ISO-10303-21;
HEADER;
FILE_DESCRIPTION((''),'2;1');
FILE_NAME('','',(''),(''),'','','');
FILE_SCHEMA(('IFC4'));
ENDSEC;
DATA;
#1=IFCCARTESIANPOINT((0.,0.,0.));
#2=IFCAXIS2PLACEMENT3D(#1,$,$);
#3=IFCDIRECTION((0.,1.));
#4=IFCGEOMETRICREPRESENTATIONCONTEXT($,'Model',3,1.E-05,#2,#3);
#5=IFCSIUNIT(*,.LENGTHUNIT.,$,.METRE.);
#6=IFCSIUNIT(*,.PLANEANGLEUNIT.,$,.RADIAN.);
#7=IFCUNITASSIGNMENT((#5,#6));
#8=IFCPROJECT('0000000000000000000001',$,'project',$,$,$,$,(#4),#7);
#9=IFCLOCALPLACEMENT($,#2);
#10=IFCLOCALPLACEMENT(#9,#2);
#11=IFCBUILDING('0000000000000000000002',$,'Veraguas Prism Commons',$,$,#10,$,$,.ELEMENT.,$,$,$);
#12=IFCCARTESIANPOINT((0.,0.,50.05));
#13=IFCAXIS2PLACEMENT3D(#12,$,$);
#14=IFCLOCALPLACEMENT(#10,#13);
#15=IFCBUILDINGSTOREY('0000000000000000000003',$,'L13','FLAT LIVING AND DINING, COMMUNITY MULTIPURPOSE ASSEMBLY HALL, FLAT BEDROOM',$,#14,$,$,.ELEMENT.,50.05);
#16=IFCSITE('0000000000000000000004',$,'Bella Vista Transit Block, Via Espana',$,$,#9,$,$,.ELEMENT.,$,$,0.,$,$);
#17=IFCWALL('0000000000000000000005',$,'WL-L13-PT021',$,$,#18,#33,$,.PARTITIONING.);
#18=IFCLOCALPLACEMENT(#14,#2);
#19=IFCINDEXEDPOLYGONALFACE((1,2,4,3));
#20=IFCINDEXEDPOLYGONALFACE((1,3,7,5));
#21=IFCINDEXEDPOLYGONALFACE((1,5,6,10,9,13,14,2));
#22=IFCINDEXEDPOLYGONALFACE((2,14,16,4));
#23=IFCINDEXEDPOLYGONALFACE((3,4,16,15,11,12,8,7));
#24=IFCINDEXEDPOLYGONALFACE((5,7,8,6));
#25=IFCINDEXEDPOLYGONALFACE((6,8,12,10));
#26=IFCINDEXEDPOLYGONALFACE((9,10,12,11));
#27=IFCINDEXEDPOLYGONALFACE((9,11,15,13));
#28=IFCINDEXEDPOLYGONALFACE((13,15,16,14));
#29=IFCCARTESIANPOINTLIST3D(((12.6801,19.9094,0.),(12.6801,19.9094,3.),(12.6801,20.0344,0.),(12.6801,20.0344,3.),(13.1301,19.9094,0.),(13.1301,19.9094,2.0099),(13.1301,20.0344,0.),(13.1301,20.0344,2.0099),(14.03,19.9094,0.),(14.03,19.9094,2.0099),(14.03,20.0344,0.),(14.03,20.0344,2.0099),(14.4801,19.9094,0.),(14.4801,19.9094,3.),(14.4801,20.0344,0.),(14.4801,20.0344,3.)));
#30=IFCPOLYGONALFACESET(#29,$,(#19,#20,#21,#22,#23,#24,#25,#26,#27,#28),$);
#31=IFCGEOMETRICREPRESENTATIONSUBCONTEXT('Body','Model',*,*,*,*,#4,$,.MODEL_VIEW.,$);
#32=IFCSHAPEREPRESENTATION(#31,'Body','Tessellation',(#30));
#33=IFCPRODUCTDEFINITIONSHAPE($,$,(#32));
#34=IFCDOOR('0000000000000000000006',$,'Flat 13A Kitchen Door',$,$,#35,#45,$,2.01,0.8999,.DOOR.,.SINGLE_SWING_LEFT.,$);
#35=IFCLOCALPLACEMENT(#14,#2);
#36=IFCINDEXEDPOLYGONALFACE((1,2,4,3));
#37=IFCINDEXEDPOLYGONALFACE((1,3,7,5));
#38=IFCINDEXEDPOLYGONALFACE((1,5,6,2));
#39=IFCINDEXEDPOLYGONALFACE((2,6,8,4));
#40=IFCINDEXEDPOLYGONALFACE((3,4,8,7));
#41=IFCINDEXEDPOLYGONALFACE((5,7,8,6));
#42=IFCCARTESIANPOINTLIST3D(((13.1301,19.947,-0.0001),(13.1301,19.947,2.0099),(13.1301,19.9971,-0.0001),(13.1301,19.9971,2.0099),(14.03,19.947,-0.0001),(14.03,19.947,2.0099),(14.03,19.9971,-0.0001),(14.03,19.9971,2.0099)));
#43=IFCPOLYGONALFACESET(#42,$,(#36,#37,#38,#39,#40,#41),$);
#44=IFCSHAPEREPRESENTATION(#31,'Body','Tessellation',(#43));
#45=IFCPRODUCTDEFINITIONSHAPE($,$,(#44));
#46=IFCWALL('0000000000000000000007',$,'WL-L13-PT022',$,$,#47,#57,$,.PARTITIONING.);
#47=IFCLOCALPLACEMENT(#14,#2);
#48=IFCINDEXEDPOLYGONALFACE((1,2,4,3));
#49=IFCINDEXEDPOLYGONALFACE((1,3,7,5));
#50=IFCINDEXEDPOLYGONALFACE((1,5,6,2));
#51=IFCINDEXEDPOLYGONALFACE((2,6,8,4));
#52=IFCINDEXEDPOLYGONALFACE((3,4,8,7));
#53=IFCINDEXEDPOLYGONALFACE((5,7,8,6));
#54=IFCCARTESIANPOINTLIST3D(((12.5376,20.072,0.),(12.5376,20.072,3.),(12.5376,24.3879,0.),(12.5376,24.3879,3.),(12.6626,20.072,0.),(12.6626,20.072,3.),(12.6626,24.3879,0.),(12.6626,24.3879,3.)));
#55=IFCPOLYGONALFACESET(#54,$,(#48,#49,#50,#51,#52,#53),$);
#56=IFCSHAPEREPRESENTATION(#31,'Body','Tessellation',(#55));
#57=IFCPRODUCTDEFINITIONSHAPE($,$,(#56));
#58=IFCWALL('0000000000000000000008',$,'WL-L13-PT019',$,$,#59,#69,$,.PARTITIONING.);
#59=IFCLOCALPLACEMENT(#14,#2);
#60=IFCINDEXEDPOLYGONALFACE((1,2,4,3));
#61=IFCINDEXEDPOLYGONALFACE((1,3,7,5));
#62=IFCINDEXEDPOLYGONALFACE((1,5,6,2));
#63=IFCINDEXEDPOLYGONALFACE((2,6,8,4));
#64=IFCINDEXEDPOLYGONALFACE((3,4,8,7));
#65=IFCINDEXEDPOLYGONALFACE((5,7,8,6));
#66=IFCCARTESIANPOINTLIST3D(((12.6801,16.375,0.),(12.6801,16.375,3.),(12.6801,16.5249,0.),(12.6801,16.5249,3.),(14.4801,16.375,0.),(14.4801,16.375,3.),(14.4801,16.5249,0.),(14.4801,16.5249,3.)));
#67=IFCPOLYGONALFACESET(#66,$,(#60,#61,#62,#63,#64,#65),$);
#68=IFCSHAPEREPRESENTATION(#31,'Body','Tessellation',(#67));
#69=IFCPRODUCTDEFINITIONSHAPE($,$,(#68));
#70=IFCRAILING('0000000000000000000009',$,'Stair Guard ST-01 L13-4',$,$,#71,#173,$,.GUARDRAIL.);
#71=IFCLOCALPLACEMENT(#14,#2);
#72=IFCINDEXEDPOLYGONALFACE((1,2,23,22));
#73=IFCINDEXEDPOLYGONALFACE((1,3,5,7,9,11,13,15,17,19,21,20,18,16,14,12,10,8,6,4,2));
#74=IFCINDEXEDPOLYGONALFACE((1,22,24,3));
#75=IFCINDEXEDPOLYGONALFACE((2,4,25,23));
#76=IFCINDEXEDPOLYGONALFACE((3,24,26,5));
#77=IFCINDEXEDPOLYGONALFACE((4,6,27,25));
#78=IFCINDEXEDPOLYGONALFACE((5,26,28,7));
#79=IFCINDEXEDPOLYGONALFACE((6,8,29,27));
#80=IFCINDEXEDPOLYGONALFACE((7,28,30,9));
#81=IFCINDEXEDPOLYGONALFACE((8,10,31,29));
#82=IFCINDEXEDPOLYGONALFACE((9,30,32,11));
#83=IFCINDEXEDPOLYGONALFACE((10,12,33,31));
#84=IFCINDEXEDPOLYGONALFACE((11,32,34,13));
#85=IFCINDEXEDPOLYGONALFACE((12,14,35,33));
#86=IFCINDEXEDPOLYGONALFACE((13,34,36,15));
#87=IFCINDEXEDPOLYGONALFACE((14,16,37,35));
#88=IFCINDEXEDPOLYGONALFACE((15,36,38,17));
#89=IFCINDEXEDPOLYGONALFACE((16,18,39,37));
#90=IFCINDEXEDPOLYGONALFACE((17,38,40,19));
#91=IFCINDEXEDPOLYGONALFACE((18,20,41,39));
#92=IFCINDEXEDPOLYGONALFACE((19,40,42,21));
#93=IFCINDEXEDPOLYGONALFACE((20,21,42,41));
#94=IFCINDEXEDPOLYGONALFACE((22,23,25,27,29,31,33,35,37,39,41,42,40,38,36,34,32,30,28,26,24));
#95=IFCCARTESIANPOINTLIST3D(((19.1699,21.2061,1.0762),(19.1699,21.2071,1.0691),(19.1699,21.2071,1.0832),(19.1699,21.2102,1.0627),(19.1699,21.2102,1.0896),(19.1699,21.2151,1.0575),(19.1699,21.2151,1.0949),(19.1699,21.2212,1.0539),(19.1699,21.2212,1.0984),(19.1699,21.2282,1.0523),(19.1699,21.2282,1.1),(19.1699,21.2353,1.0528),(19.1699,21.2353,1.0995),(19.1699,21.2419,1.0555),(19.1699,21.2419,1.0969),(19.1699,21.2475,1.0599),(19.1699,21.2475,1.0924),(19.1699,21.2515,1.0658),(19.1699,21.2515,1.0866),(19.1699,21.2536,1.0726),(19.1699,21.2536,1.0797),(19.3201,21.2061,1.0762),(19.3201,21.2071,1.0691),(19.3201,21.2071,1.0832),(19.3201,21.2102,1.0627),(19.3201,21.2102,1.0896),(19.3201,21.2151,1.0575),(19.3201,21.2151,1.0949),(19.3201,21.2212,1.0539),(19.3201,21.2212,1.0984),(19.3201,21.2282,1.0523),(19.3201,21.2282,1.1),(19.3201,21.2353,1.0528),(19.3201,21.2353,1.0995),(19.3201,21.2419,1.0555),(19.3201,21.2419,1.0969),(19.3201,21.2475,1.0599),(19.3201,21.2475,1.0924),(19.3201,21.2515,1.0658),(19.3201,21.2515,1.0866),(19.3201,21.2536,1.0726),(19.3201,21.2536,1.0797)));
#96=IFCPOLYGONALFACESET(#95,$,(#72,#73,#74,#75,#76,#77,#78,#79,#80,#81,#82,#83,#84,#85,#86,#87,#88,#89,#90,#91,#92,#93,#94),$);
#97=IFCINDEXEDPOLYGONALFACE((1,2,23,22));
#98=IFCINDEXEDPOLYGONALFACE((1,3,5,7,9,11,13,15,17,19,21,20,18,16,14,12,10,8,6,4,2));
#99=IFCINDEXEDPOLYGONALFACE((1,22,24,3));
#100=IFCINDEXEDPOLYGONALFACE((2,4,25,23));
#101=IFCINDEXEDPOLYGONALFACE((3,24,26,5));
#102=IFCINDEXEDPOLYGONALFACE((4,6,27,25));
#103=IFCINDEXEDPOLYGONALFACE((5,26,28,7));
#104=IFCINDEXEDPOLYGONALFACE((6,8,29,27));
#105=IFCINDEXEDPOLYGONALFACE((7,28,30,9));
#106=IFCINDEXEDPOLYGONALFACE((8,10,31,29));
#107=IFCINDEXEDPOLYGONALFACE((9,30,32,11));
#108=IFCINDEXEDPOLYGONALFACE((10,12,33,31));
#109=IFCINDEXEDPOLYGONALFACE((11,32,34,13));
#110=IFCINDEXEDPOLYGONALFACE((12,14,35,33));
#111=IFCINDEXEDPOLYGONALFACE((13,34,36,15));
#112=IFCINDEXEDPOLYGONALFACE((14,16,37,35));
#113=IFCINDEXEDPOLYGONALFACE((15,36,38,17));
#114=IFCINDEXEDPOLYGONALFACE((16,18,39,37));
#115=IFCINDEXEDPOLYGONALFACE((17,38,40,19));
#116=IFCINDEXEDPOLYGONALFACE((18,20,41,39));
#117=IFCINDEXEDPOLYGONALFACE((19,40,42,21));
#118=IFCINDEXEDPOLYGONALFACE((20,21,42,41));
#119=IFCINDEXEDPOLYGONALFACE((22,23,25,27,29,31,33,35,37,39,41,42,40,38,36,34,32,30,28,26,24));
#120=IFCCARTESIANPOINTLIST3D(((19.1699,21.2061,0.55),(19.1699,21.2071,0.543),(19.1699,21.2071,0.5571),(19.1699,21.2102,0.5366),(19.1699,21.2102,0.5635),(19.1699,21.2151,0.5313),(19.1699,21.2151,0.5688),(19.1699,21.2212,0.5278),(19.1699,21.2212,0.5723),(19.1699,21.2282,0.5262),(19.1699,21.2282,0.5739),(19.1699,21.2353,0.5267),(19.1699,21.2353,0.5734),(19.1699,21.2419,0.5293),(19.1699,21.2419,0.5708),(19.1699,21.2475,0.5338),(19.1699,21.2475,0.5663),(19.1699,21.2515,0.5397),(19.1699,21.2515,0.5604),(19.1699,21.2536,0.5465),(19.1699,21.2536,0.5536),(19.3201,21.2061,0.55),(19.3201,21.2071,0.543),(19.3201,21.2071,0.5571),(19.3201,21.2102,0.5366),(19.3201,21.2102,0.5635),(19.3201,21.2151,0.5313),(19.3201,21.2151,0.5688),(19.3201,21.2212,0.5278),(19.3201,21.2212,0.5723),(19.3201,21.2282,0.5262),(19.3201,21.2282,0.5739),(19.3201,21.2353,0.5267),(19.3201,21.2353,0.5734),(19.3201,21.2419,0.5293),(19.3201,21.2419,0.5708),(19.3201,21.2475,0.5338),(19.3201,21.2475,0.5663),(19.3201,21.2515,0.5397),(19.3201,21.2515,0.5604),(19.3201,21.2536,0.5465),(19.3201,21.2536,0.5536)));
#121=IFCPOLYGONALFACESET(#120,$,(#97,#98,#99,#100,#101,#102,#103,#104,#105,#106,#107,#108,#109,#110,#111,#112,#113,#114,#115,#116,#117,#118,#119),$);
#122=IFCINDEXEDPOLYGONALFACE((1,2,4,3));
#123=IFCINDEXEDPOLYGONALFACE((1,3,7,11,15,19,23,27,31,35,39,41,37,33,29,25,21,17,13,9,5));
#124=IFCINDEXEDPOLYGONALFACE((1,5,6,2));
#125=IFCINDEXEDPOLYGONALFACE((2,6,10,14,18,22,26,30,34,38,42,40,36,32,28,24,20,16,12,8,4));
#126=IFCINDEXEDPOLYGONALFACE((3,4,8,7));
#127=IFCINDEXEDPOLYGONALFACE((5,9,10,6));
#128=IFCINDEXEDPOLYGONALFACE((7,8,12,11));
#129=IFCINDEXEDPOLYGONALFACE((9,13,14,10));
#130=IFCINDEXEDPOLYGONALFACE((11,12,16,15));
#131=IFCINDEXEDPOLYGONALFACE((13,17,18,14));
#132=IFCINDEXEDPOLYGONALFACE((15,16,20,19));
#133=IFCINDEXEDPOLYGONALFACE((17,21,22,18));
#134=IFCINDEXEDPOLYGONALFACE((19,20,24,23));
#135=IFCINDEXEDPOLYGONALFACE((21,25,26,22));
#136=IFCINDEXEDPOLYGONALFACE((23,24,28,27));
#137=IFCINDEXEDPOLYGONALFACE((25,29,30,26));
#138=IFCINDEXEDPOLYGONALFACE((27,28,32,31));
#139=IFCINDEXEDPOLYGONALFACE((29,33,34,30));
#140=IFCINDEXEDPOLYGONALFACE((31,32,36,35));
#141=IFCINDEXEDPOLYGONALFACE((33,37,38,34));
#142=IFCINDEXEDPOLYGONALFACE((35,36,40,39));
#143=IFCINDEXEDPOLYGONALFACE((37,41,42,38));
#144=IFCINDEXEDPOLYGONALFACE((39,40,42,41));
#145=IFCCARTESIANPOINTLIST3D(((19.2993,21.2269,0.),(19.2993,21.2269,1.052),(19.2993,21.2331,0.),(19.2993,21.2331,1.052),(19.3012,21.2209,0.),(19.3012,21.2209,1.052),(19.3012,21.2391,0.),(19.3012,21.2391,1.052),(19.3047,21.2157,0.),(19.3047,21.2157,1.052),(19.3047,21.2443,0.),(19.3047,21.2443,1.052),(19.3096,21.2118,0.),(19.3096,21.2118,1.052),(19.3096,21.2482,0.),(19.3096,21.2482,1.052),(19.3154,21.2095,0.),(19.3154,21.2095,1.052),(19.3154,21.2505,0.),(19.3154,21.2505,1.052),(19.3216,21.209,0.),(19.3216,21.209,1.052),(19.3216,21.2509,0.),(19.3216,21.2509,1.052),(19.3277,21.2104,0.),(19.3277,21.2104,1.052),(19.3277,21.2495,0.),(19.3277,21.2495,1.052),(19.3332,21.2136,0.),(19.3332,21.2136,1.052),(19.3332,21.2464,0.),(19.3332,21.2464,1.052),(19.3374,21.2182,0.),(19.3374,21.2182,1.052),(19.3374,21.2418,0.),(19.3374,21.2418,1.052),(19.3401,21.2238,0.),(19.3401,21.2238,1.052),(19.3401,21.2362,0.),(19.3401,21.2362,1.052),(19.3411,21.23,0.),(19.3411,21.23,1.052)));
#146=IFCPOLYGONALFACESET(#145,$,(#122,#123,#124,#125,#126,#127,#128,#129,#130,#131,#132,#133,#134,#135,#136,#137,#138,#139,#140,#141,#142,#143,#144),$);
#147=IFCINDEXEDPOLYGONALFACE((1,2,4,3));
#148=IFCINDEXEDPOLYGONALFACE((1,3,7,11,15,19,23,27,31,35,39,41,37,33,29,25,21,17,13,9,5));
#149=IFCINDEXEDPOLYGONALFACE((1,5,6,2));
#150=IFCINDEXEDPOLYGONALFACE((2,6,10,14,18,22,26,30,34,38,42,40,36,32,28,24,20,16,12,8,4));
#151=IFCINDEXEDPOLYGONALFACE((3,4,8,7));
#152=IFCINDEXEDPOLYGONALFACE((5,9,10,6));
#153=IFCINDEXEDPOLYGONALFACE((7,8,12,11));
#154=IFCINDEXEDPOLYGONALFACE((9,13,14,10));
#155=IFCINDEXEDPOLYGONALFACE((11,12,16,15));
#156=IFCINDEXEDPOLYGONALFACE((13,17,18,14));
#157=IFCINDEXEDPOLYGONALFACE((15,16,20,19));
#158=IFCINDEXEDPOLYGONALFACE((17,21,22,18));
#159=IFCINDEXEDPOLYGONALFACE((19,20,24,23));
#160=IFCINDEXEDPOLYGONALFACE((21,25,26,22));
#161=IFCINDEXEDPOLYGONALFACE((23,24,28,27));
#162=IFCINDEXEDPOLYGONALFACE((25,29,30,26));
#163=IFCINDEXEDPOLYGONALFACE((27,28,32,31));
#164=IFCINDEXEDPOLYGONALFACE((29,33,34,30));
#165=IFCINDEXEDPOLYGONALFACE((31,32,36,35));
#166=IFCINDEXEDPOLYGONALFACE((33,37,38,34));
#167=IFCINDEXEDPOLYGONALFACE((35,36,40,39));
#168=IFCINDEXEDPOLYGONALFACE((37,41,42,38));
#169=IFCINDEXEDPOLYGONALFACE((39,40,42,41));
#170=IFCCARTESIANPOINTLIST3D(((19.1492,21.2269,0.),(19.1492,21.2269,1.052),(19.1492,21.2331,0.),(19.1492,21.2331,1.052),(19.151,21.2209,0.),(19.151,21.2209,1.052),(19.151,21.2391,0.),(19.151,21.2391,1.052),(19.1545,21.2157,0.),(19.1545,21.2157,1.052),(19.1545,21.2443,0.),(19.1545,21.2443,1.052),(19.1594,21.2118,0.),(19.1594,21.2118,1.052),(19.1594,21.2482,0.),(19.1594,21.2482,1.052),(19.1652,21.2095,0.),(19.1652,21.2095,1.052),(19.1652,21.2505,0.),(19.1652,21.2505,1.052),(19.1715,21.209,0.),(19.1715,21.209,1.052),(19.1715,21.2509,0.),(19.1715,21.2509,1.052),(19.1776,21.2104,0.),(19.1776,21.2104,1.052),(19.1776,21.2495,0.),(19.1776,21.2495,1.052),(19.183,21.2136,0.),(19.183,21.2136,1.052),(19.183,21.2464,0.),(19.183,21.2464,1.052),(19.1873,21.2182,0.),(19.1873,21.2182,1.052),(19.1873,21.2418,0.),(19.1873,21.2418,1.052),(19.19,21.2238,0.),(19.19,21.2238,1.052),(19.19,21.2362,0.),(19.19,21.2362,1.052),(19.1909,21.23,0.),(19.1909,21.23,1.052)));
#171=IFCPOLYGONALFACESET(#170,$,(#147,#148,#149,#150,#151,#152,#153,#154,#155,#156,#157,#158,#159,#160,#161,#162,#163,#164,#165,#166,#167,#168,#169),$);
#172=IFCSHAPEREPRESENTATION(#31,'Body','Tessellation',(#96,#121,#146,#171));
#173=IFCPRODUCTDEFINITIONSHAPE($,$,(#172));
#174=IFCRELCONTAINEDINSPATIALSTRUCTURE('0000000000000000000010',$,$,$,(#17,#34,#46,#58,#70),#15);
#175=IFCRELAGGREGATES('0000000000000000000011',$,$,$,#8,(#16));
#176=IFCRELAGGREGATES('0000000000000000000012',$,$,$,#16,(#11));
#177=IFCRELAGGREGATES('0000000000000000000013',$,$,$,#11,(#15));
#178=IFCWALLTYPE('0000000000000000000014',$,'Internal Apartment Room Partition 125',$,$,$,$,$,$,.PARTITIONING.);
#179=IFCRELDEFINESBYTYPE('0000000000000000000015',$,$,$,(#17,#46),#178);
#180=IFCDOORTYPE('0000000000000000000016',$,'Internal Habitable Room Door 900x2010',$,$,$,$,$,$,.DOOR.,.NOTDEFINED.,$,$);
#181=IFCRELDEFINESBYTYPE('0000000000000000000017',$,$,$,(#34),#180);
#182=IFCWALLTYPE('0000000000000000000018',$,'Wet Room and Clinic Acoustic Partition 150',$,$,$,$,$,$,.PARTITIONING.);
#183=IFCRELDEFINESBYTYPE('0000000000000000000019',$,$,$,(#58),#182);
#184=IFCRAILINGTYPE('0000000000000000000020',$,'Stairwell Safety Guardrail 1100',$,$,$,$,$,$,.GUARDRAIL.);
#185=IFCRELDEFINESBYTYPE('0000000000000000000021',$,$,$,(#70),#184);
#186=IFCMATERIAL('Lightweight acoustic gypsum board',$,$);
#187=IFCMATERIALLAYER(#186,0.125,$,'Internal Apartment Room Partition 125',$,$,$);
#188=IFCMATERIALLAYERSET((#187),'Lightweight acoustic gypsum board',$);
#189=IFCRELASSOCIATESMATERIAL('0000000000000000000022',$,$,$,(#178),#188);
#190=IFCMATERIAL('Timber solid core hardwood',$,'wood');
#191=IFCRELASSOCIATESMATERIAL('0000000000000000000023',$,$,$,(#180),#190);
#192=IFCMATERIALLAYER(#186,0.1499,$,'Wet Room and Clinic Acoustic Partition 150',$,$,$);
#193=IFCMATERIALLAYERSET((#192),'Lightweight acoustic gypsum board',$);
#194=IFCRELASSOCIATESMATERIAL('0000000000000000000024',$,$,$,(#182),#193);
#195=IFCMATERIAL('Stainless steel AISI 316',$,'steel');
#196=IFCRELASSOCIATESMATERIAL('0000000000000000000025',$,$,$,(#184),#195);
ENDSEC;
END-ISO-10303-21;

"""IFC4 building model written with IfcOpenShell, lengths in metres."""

from ifc_helpers import new_model, si_unit, direction, frame, frame_2d, origin, origin_2d, place, context, subcontext, project, spatial, rectangle, circle, extrude, source, transform, mapped, material, layer, layer_set, type_object, element, fill, save


model = new_model("IFC4")

# Units and contexts
model_context = context("Model", 3, precision=1e-05, world=origin(), true_north=direction((0.0, 1.0)))
body_context = subcontext(model_context, "Body", "Model", "MODEL_VIEW")
ifc_project = project(units=[si_unit("LENGTHUNIT", "METRE"), si_unit("PLANEANGLEUNIT", "RADIAN")], contexts=[model_context])

# Site, building, storey
site_placement = place(None, origin())
site = spatial("IfcSite", under=ifc_project, at=site_placement, Name="Bella Vista Transit Block, Via Espana", CompositionType="ELEMENT", RefElevation=0.0)
building_placement = place(site_placement, origin())
building = spatial("IfcBuilding", under=site, at=building_placement, Name="Veraguas Prism Commons", CompositionType="ELEMENT")
storey_placement = place(building_placement, frame((0.0, 0.0, 50.05)))
storey = spatial("IfcBuildingStorey", under=building, at=storey_placement, Name="L13", Description="FLAT LIVING AND DINING, COMMUNITY MULTIPURPOSE ASSEMBLY HALL, FLAT BEDROOM", CompositionType="ELEMENT", Elevation=50.05)

# Wall, opening, door
shared_shape_1 = source(origin(), body_context, "Body", "SweptSolid", [
    extrude(rectangle(XDim=0.8999, YDim=2.01, at=frame_2d((0.45, 1.0049))), frame((0.0, 0.0249, 0.0), z_axis=(0.0, -1.0, 0.0), x_axis=(1.0, 0.0, 0.0)), (0.0, 0.0, 1.0), 0.05),
])
ifc_material_1 = material(Name="Lightweight acoustic gypsum board")
ifc_layer_1 = layer(ifc_material_1, 0.125, Name="Internal Apartment Room Partition 125")
ifc_layer_set_1 = layer_set([ifc_layer_1], Name="Lightweight acoustic gypsum board")
wall_type_1 = type_object("IfcWallType", Name="Internal Apartment Room Partition 125", PredefinedType="PARTITIONING", material=ifc_layer_set_1)
wall_1_placement = place(storey_placement, frame((14.48, 19.9719, 0.0), z_axis=(0.0, 0.0, 1.0), x_axis=(-1.0, 0.0, 0.0)))
wall_1 = element("IfcWall", 1, at=wall_1_placement, inside=storey, type_object=wall_type_1, Name="WL-L13-PT021", PredefinedType="PARTITIONING", context=body_context, shape_type="SweptSolid", body=[
    extrude(rectangle(XDim=1.8, YDim=0.125, at=frame_2d((0.8999, 0.0))), origin(), (0.0, 0.0, 1.0), 3.0),
])
opening_1_placement = place(wall_1_placement, frame((0.45, 0.0, 0.0)))
opening_1 = element("IfcOpeningElement", 2, at=opening_1_placement, cuts=wall_1, PredefinedType="OPENING", context=body_context, shape_type="SweptSolid", body=[
    extrude(rectangle(XDim=0.8999, YDim=2.01, at=frame_2d((0.45, 1.0049))), frame((0.0, 0.0725, 0.0), z_axis=(0.0, -1.0, 0.0), x_axis=(1.0, 0.0, 0.0)), (0.0, 0.0, 1.0), 0.145),
])
ifc_material_2 = material(Name="Timber solid core hardwood", Category="wood")
door_type_1 = type_object("IfcDoorType", Name="Internal Habitable Room Door 900x2010", OperationType="NOTDEFINED", PredefinedType="DOOR", material=ifc_material_2)
door_1_placement = place(opening_1_placement, origin())
door_1 = element("IfcDoor", 3, at=door_1_placement, inside=storey, type_object=door_type_1, Name="Flat 13A Kitchen Door", OperationType="SINGLE_SWING_LEFT", OverallHeight=2.01, OverallWidth=0.8999, PredefinedType="DOOR", context=body_context, shape_type="MappedRepresentation", body=[
    mapped(shared_shape_1, transform((0.0, 0.0, 0.0), scale=1.0)),
])
fill(opening_1, door_1)

# Walls
wall_2_placement = place(storey_placement, frame((12.6001, 20.072, 0.0), z_axis=(0.0, 0.0, 1.0), x_axis=(0.0, 1.0, 0.0)))
element("IfcWall", 4, at=wall_2_placement, inside=storey, type_object=wall_type_1, Name="WL-L13-PT022", PredefinedType="PARTITIONING", context=body_context, shape_type="SweptSolid", body=[
    extrude(rectangle(XDim=4.3159, YDim=0.125, at=frame_2d((2.158, 0.0))), origin(), (0.0, 0.0, 1.0), 3.0),
])
ifc_layer_2 = layer(ifc_material_1, 0.1499, Name="Wet Room and Clinic Acoustic Partition 150")
ifc_layer_set_2 = layer_set([ifc_layer_2], Name="Lightweight acoustic gypsum board")
wall_type_2 = type_object("IfcWallType", Name="Wet Room and Clinic Acoustic Partition 150", PredefinedType="PARTITIONING", material=ifc_layer_set_2)
wall_3_placement = place(storey_placement, frame((14.48, 16.45, 0.0), z_axis=(0.0, 0.0, 1.0), x_axis=(-1.0, 0.0, 0.0)))
element("IfcWall", 5, at=wall_3_placement, inside=storey, type_object=wall_type_2, Name="WL-L13-PT019", PredefinedType="PARTITIONING", context=body_context, shape_type="SweptSolid", body=[
    extrude(rectangle(XDim=1.8, YDim=0.1499, at=frame_2d((0.8999, 0.0))), origin(), (0.0, 0.0, 1.0), 3.0),
])

# Railing
ifc_material_3 = material(Name="Stainless steel AISI 316", Category="steel")
railing_type = type_object("IfcRailingType", Name="Stairwell Safety Guardrail 1100", PredefinedType="GUARDRAIL", material=ifc_material_3)
railing_placement = place(storey_placement, frame((19.3201, 21.23, 0.0)))
element("IfcRailing", 6, at=railing_placement, inside=storey, type_object=railing_type, Name="Stair Guard ST-01 L13-4", PredefinedType="GUARDRAIL", context=body_context, shape_type="SweptSolid", body=[
    extrude(circle(Radius=0.0239, at=origin_2d()), frame((0.0, 0.0, 1.0762), z_axis=(-1.0, 0.0, 0.0), x_axis=(0.0, -1.0, 0.0)), (0.0, 0.0, 1.0), 0.1501),
    extrude(circle(Radius=0.0239, at=origin_2d()), frame((0.0, 0.0, 0.55), z_axis=(-1.0, 0.0, 0.0), x_axis=(0.0, -1.0, 0.0)), (0.0, 0.0, 1.0), 0.1501),
    extrude(circle(Radius=0.021, at=origin_2d()), origin(), (0.0, 0.0, 1.0), 1.052),
    extrude(circle(Radius=0.021, at=origin_2d()), frame((-0.1501, 0.0, 0.0)), (0.0, 0.0, 1.0), 1.052),
])

save(model, "model.ifc")
